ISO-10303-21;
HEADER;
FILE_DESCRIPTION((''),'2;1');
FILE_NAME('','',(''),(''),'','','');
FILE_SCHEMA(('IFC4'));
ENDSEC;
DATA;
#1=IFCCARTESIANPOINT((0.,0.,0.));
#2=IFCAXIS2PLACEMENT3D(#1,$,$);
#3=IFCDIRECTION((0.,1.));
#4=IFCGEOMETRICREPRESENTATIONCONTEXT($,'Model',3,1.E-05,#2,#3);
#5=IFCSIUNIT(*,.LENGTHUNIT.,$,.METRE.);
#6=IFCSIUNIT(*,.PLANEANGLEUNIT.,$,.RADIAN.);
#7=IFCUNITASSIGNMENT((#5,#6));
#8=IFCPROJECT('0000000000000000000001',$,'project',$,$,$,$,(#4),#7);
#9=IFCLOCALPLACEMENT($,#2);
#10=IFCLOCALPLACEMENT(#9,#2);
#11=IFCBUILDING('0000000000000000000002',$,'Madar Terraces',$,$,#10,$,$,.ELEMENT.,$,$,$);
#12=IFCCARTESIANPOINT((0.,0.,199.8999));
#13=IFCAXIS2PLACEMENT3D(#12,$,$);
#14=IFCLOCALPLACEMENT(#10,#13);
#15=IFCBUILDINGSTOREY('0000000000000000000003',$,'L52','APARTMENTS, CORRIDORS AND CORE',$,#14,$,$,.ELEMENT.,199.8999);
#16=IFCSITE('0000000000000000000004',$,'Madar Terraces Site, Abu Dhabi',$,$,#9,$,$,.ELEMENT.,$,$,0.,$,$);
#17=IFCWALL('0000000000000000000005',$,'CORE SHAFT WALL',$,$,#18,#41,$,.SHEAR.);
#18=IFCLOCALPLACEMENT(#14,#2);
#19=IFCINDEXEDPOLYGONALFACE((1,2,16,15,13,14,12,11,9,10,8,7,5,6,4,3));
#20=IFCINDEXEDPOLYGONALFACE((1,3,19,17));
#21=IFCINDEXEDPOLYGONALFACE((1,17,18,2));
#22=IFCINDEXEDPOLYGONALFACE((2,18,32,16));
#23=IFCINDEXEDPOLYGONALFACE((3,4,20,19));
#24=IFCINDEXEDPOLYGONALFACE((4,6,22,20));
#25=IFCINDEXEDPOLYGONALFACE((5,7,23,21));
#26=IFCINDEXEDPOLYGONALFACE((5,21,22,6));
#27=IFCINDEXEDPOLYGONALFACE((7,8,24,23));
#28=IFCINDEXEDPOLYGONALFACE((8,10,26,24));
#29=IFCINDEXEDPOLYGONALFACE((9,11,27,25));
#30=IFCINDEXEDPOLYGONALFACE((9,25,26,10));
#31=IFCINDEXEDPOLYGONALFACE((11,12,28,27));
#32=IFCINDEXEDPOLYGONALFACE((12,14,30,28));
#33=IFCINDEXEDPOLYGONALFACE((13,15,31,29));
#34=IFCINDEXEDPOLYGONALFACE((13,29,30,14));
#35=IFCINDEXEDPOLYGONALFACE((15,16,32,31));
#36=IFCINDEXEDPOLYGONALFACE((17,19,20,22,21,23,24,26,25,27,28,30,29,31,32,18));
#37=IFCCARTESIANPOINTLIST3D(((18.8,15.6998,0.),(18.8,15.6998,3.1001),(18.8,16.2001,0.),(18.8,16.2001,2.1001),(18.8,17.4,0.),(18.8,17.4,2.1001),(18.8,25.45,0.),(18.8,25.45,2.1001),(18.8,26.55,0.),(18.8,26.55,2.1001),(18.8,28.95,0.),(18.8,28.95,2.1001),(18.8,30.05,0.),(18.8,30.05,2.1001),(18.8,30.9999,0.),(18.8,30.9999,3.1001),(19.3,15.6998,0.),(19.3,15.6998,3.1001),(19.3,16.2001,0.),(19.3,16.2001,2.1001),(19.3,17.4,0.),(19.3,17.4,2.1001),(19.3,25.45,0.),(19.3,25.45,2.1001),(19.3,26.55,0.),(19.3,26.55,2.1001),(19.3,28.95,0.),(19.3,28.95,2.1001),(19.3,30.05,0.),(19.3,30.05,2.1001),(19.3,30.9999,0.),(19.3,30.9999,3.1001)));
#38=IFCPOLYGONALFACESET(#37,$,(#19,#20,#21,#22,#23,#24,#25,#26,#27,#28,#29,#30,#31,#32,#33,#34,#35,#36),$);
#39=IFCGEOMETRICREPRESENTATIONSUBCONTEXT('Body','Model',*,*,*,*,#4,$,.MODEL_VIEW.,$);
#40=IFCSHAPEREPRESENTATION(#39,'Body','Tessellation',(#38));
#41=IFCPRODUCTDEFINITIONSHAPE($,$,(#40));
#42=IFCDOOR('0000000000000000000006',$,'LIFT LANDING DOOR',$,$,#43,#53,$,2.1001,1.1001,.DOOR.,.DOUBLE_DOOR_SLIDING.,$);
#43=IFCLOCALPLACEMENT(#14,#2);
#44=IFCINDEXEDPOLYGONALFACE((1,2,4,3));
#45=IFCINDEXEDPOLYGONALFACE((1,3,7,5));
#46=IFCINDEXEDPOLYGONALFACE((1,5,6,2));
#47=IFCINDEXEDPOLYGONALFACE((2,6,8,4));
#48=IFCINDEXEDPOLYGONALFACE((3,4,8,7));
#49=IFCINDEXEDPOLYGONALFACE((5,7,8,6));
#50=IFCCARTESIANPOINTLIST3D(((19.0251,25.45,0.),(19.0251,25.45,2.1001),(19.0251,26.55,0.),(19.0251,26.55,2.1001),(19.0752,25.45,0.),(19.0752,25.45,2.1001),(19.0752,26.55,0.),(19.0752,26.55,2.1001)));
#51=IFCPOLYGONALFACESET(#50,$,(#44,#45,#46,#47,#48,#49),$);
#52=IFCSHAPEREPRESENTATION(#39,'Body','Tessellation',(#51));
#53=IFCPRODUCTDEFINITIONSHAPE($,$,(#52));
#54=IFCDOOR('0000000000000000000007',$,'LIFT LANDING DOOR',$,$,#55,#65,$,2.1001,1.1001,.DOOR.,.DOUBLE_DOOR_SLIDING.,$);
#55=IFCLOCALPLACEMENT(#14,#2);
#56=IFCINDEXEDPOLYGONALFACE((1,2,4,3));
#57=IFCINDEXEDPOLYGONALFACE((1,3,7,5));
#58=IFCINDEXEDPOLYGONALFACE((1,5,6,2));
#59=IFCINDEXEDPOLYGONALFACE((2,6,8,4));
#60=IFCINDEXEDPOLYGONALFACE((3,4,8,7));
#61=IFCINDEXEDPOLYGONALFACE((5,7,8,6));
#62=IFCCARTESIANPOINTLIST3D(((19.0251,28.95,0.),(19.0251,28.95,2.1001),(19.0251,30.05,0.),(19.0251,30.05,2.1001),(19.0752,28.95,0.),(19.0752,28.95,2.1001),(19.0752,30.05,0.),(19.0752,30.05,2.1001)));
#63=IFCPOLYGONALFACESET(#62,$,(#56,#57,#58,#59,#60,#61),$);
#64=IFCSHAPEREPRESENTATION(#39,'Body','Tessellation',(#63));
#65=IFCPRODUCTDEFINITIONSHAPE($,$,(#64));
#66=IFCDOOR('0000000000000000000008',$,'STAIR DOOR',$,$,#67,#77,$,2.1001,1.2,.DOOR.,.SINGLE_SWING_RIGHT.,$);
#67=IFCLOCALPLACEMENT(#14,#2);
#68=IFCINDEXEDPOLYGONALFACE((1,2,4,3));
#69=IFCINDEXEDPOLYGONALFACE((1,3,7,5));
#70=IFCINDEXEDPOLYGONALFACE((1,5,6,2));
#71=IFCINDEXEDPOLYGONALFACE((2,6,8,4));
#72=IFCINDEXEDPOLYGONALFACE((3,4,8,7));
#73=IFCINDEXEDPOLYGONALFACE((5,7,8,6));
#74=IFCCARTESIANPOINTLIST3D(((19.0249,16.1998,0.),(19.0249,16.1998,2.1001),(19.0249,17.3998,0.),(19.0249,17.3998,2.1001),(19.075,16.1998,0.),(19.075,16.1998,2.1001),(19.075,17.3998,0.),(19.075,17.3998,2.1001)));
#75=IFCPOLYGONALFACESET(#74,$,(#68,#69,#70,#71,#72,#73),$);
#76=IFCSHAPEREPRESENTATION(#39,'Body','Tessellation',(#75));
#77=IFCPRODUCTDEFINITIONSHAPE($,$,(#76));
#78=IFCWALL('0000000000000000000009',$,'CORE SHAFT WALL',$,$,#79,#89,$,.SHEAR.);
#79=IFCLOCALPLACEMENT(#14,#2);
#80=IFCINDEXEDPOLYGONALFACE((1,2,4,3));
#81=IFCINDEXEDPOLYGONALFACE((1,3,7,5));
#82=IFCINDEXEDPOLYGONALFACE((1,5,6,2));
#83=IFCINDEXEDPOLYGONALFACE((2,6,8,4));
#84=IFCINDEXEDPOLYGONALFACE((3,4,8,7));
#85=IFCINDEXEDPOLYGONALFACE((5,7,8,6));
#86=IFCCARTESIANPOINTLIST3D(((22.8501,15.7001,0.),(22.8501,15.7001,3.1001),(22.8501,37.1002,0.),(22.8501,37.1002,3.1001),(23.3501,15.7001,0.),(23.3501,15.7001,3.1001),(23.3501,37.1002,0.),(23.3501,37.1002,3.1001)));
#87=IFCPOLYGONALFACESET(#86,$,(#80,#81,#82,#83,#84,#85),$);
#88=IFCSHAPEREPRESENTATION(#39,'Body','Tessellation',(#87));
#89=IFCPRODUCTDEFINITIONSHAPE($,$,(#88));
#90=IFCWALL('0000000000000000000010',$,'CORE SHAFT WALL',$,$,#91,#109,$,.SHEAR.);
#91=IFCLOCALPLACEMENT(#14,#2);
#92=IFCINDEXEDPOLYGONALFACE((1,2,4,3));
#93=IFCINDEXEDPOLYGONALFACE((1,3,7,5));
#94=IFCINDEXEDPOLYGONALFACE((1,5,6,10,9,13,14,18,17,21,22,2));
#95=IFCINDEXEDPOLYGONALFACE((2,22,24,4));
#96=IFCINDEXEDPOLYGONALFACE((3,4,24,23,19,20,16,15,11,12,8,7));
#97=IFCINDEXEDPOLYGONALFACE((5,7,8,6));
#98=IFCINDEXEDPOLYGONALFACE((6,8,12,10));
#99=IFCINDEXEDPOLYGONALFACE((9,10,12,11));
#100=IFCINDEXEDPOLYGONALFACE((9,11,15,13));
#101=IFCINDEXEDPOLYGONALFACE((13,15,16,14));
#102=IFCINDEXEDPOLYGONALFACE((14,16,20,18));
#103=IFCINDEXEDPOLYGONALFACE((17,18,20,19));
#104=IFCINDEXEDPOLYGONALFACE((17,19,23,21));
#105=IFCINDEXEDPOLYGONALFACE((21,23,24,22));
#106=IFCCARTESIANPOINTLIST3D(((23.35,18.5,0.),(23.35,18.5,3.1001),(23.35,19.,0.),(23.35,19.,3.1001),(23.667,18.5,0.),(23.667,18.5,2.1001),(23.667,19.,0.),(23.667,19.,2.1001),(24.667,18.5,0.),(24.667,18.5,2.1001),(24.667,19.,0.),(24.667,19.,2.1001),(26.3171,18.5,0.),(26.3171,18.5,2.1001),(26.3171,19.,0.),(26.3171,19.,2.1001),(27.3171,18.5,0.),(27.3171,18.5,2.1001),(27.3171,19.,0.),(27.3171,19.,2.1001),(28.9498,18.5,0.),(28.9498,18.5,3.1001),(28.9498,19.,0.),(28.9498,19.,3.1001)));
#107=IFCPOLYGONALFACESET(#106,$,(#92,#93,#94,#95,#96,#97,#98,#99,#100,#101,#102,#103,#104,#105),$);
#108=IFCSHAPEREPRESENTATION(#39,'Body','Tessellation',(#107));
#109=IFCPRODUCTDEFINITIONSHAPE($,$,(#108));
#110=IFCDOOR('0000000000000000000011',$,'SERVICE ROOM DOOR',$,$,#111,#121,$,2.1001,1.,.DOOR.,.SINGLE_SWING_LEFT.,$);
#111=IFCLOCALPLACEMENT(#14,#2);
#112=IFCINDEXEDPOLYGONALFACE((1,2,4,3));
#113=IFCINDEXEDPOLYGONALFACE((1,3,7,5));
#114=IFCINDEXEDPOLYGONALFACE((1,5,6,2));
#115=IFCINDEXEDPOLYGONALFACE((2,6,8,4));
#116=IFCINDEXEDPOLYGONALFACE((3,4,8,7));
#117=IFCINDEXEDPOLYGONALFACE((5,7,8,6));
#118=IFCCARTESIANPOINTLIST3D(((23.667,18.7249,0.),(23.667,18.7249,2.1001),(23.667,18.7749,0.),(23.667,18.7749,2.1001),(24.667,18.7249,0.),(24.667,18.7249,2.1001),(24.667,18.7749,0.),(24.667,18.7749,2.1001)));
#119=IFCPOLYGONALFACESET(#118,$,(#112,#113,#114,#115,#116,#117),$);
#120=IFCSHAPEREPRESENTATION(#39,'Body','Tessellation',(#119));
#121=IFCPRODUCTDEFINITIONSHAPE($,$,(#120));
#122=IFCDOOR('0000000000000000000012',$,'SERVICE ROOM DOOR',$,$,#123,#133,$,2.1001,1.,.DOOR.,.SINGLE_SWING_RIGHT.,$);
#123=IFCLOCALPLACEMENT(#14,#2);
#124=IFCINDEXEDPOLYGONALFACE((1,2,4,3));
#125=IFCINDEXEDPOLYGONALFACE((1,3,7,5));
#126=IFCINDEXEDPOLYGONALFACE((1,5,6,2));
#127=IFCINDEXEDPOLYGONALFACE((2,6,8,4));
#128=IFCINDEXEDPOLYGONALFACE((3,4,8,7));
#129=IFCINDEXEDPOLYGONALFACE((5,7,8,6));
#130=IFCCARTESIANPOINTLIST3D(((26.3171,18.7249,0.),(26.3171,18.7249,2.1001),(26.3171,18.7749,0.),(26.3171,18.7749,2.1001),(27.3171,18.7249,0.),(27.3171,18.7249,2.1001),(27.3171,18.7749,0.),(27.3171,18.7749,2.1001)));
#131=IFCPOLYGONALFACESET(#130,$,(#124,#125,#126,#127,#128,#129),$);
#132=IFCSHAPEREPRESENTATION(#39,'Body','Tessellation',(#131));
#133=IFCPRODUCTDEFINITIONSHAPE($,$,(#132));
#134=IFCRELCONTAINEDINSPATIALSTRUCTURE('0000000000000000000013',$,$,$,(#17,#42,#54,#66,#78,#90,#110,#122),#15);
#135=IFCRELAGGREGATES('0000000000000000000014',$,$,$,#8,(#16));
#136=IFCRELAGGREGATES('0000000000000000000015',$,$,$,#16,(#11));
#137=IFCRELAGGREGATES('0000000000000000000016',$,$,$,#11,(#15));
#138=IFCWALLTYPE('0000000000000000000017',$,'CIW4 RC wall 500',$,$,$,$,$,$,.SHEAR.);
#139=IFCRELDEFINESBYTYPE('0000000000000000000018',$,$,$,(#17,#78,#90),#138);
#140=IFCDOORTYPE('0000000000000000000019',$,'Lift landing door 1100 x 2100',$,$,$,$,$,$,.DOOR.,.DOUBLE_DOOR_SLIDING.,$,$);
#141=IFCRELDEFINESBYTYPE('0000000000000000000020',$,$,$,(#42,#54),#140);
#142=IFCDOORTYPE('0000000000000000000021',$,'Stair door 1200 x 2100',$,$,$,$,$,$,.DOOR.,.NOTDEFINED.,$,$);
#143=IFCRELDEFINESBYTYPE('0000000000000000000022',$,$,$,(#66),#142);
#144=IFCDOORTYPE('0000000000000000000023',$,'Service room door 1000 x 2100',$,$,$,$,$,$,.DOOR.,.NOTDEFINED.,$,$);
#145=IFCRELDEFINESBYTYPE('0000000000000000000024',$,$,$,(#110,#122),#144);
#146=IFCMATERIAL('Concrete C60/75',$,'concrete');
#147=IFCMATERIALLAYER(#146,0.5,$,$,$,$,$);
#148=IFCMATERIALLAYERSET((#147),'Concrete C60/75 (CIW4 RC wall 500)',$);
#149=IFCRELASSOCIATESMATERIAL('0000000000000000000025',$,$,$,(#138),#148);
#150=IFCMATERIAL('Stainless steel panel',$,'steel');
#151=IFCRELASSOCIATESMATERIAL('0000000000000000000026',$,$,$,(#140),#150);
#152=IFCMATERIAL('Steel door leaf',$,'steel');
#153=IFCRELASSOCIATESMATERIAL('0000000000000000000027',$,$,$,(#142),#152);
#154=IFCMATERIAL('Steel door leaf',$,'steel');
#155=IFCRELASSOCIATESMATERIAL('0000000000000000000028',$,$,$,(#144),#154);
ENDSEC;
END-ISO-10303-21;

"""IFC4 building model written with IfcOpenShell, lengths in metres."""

from ifc_helpers import new_model, si_unit, direction, frame, frame_2d, origin, place, context, subcontext, project, spatial, rectangle, extrude, material, layer, layer_set, type_object, element, fill, save


model = new_model("IFC4")

# Units and contexts
model_context = context("Model", 3, precision=1e-05, world=origin(), true_north=direction((0.0, 1.0)))
body_context = subcontext(model_context, "Body", "Model", "MODEL_VIEW")
ifc_project = project(units=[si_unit("LENGTHUNIT", "METRE"), si_unit("PLANEANGLEUNIT", "RADIAN")], contexts=[model_context])

# Site, building, storey
site_placement = place(None, origin())
site = spatial("IfcSite", under=ifc_project, at=site_placement, Name="Madar Terraces Site, Abu Dhabi", CompositionType="ELEMENT", RefElevation=0.0)
building_placement = place(site_placement, origin())
building = spatial("IfcBuilding", under=site, at=building_placement, Name="Madar Terraces", CompositionType="ELEMENT")
storey_placement = place(building_placement, frame((0.0, 0.0, 199.8999)))
storey = spatial("IfcBuildingStorey", under=building, at=storey_placement, Name="L52", Description="APARTMENTS, CORRIDORS AND CORE", CompositionType="ELEMENT", Elevation=199.8999)

# Wall, openings, doors
ifc_material_1 = material(Name="Concrete C60/75", Category="concrete")
ifc_layer_1 = layer(ifc_material_1, 0.5)
ifc_layer_set_1 = layer_set([ifc_layer_1], Name="Concrete C60/75 (CIW4 RC wall 500)")
wall_type_1 = type_object("IfcWallType", Name="CIW4 RC wall 500", PredefinedType="SHEAR", material=ifc_layer_set_1)
wall_1_placement = place(storey_placement, frame((19.05, 15.7, 0.0), z_axis=(0.0, 0.0, 1.0), x_axis=(0.0, 1.0, 0.0)))
wall_1 = element("IfcWall", 1, at=wall_1_placement, inside=storey, type_object=wall_type_1, Name="CORE SHAFT WALL", PredefinedType="SHEAR", context=body_context, shape_type="SweptSolid", body=[
    extrude(rectangle(XDim=15.3, YDim=0.5, at=frame_2d((7.6499, 0.0))), origin(), (0.0, 0.0, 1.0), 3.1001),
])
opening_1_placement = place(wall_1_placement, frame((9.75, 0.0, 0.0)))
opening_1 = element("IfcOpeningElement", 2, at=opening_1_placement, cuts=wall_1, PredefinedType="OPENING", context=body_context, shape_type="SweptSolid", body=[
    extrude(rectangle(XDim=1.1001, YDim=2.1001, at=frame_2d((0.55, 1.05))), frame((0.0, 0.26, 0.0), z_axis=(0.0, -1.0, 0.0), x_axis=(1.0, 0.0, 0.0)), (0.0, 0.0, 1.0), 0.52),
])
opening_2_placement = place(wall_1_placement, frame((13.25, 0.0, 0.0)))
opening_2 = element("IfcOpeningElement", 3, at=opening_2_placement, cuts=wall_1, PredefinedType="OPENING", context=body_context, shape_type="SweptSolid", body=[
    extrude(rectangle(XDim=1.1001, YDim=2.1001, at=frame_2d((0.55, 1.05))), frame((0.0, 0.26, 0.0), z_axis=(0.0, -1.0, 0.0), x_axis=(1.0, 0.0, 0.0)), (0.0, 0.0, 1.0), 0.52),
])
opening_3_placement = place(wall_1_placement, frame((0.5, 0.0, 0.0)))
opening_3 = element("IfcOpeningElement", 4, at=opening_3_placement, cuts=wall_1, PredefinedType="OPENING", context=body_context, shape_type="SweptSolid", body=[
    extrude(rectangle(XDim=1.2, YDim=2.1001, at=frame_2d((0.6001, 1.05))), frame((0.0, 0.26, 0.0), z_axis=(0.0, -1.0, 0.0), x_axis=(1.0, 0.0, 0.0)), (0.0, 0.0, 1.0), 0.52),
])
ifc_material_2 = material(Name="Stainless steel panel", Category="steel")
door_type_1 = type_object("IfcDoorType", Name="Lift landing door 1100 x 2100", OperationType="DOUBLE_DOOR_SLIDING", PredefinedType="DOOR", material=ifc_material_2)
door_1_placement = place(opening_1_placement, origin())
door_1 = element("IfcDoor", 5, at=door_1_placement, inside=storey, type_object=door_type_1, Name="LIFT LANDING DOOR", OperationType="DOUBLE_DOOR_SLIDING", OverallHeight=2.1001, OverallWidth=1.1001, PredefinedType="DOOR", context=body_context, shape_type="SweptSolid", body=[
    extrude(rectangle(XDim=1.1001, YDim=2.1001, at=frame_2d((0.55, 1.05))), frame((0.0, 0.0249, 0.0), z_axis=(0.0, -1.0, 0.0), x_axis=(1.0, 0.0, 0.0)), (0.0, 0.0, 1.0), 0.05),
])
fill(opening_1, door_1)
door_2_placement = place(opening_2_placement, origin())
door_2 = element("IfcDoor", 6, at=door_2_placement, inside=storey, type_object=door_type_1, Name="LIFT LANDING DOOR", OperationType="DOUBLE_DOOR_SLIDING", OverallHeight=2.1001, OverallWidth=1.1001, PredefinedType="DOOR", context=body_context, shape_type="SweptSolid", body=[
    extrude(rectangle(XDim=1.1001, YDim=2.1001, at=frame_2d((0.55, 1.05))), frame((0.0, 0.0249, 0.0), z_axis=(0.0, -1.0, 0.0), x_axis=(1.0, 0.0, 0.0)), (0.0, 0.0, 1.0), 0.05),
])
fill(opening_2, door_2)
ifc_material_3 = material(Name="Steel door leaf", Category="steel")
door_type_2 = type_object("IfcDoorType", Name="Stair door 1200 x 2100", OperationType="NOTDEFINED", PredefinedType="DOOR", material=ifc_material_3)
door_3_placement = place(opening_3_placement, frame((1.2, 0.0, 0.0), z_axis=(0.0, 0.0, 1.0), x_axis=(-1.0, 0.0, 0.0)))
door_3 = element("IfcDoor", 7, at=door_3_placement, inside=storey, type_object=door_type_2, Name="STAIR DOOR", OperationType="SINGLE_SWING_RIGHT", OverallHeight=2.1001, OverallWidth=1.2, PredefinedType="DOOR", context=body_context, shape_type="SweptSolid", body=[
    extrude(rectangle(XDim=1.2, YDim=2.1001, at=frame_2d((0.6001, 1.05))), frame((0.0, 0.0249, 0.0), z_axis=(0.0, -1.0, 0.0), x_axis=(1.0, 0.0, 0.0)), (0.0, 0.0, 1.0), 0.05),
])
fill(opening_3, door_3)

# Wall
wall_2_placement = place(storey_placement, frame((23.1001, 15.7, 0.0), z_axis=(0.0, 0.0, 1.0), x_axis=(0.0, 1.0, 0.0)))
element("IfcWall", 8, at=wall_2_placement, inside=storey, type_object=wall_type_1, Name="CORE SHAFT WALL", PredefinedType="SHEAR", context=body_context, shape_type="SweptSolid", body=[
    extrude(rectangle(XDim=21.4001, YDim=0.5, at=frame_2d((10.7002, 0.0))), origin(), (0.0, 0.0, 1.0), 3.1001),
])

# Wall, openings, doors
wall_3_placement = place(storey_placement, frame((23.3501, 18.75, 0.0), z_axis=(0.0, 0.0, 1.0), x_axis=(1.0, 0.0, 0.0)))
wall_3 = element("IfcWall", 9, at=wall_3_placement, inside=storey, type_object=wall_type_1, Name="CORE SHAFT WALL", PredefinedType="SHEAR", context=body_context, shape_type="SweptSolid", body=[
    extrude(rectangle(XDim=5.5999, YDim=0.5, at=frame_2d((2.7998, 0.0))), origin(), (0.0, 0.0, 1.0), 3.1001),
])
opening_4_placement = place(wall_3_placement, frame((0.3169, 0.0, 0.0)))
opening_4 = element("IfcOpeningElement", 10, at=opening_4_placement, cuts=wall_3, PredefinedType="OPENING", context=body_context, shape_type="SweptSolid", body=[
    extrude(rectangle(XDim=1.0, YDim=2.1001, at=frame_2d((0.5, 1.05))), frame((0.0, 0.26, 0.0), z_axis=(0.0, -1.0, 0.0), x_axis=(1.0, 0.0, 0.0)), (0.0, 0.0, 1.0), 0.52),
])
opening_5_placement = place(wall_3_placement, frame((2.967, 0.0, 0.0)))
opening_5 = element("IfcOpeningElement", 11, at=opening_5_placement, cuts=wall_3, PredefinedType="OPENING", context=body_context, shape_type="SweptSolid", body=[
    extrude(rectangle(XDim=1.0, YDim=2.1001, at=frame_2d((0.5, 1.05))), frame((0.0, 0.26, 0.0), z_axis=(0.0, -1.0, 0.0), x_axis=(1.0, 0.0, 0.0)), (0.0, 0.0, 1.0), 0.52),
])
ifc_material_4 = material(Name="Steel door leaf", Category="steel")
door_type_3 = type_object("IfcDoorType", Name="Service room door 1000 x 2100", OperationType="NOTDEFINED", PredefinedType="DOOR", material=ifc_material_4)
door_4_placement = place(opening_4_placement, origin())
door_4 = element("IfcDoor", 12, at=door_4_placement, inside=storey, type_object=door_type_3, Name="SERVICE ROOM DOOR", OperationType="SINGLE_SWING_LEFT", OverallHeight=2.1001, OverallWidth=1.0, PredefinedType="DOOR", context=body_context, shape_type="SweptSolid", body=[
    extrude(rectangle(XDim=1.0, YDim=2.1001, at=frame_2d((0.5, 1.05))), frame((0.0, 0.0249, 0.0), z_axis=(0.0, -1.0, 0.0), x_axis=(1.0, 0.0, 0.0)), (0.0, 0.0, 1.0), 0.05),
])
fill(opening_4, door_4)
door_5_placement = place(opening_5_placement, origin())
door_5 = element("IfcDoor", 13, at=door_5_placement, inside=storey, type_object=door_type_3, Name="SERVICE ROOM DOOR", OperationType="SINGLE_SWING_RIGHT", OverallHeight=2.1001, OverallWidth=1.0, PredefinedType="DOOR", context=body_context, shape_type="SweptSolid", body=[
    extrude(rectangle(XDim=1.0, YDim=2.1001, at=frame_2d((0.5, 1.05))), frame((0.0, 0.0249, 0.0), z_axis=(0.0, -1.0, 0.0), x_axis=(1.0, 0.0, 0.0)), (0.0, 0.0, 1.0), 0.05),
])
fill(opening_5, door_5)

save(model, "model.ifc")
